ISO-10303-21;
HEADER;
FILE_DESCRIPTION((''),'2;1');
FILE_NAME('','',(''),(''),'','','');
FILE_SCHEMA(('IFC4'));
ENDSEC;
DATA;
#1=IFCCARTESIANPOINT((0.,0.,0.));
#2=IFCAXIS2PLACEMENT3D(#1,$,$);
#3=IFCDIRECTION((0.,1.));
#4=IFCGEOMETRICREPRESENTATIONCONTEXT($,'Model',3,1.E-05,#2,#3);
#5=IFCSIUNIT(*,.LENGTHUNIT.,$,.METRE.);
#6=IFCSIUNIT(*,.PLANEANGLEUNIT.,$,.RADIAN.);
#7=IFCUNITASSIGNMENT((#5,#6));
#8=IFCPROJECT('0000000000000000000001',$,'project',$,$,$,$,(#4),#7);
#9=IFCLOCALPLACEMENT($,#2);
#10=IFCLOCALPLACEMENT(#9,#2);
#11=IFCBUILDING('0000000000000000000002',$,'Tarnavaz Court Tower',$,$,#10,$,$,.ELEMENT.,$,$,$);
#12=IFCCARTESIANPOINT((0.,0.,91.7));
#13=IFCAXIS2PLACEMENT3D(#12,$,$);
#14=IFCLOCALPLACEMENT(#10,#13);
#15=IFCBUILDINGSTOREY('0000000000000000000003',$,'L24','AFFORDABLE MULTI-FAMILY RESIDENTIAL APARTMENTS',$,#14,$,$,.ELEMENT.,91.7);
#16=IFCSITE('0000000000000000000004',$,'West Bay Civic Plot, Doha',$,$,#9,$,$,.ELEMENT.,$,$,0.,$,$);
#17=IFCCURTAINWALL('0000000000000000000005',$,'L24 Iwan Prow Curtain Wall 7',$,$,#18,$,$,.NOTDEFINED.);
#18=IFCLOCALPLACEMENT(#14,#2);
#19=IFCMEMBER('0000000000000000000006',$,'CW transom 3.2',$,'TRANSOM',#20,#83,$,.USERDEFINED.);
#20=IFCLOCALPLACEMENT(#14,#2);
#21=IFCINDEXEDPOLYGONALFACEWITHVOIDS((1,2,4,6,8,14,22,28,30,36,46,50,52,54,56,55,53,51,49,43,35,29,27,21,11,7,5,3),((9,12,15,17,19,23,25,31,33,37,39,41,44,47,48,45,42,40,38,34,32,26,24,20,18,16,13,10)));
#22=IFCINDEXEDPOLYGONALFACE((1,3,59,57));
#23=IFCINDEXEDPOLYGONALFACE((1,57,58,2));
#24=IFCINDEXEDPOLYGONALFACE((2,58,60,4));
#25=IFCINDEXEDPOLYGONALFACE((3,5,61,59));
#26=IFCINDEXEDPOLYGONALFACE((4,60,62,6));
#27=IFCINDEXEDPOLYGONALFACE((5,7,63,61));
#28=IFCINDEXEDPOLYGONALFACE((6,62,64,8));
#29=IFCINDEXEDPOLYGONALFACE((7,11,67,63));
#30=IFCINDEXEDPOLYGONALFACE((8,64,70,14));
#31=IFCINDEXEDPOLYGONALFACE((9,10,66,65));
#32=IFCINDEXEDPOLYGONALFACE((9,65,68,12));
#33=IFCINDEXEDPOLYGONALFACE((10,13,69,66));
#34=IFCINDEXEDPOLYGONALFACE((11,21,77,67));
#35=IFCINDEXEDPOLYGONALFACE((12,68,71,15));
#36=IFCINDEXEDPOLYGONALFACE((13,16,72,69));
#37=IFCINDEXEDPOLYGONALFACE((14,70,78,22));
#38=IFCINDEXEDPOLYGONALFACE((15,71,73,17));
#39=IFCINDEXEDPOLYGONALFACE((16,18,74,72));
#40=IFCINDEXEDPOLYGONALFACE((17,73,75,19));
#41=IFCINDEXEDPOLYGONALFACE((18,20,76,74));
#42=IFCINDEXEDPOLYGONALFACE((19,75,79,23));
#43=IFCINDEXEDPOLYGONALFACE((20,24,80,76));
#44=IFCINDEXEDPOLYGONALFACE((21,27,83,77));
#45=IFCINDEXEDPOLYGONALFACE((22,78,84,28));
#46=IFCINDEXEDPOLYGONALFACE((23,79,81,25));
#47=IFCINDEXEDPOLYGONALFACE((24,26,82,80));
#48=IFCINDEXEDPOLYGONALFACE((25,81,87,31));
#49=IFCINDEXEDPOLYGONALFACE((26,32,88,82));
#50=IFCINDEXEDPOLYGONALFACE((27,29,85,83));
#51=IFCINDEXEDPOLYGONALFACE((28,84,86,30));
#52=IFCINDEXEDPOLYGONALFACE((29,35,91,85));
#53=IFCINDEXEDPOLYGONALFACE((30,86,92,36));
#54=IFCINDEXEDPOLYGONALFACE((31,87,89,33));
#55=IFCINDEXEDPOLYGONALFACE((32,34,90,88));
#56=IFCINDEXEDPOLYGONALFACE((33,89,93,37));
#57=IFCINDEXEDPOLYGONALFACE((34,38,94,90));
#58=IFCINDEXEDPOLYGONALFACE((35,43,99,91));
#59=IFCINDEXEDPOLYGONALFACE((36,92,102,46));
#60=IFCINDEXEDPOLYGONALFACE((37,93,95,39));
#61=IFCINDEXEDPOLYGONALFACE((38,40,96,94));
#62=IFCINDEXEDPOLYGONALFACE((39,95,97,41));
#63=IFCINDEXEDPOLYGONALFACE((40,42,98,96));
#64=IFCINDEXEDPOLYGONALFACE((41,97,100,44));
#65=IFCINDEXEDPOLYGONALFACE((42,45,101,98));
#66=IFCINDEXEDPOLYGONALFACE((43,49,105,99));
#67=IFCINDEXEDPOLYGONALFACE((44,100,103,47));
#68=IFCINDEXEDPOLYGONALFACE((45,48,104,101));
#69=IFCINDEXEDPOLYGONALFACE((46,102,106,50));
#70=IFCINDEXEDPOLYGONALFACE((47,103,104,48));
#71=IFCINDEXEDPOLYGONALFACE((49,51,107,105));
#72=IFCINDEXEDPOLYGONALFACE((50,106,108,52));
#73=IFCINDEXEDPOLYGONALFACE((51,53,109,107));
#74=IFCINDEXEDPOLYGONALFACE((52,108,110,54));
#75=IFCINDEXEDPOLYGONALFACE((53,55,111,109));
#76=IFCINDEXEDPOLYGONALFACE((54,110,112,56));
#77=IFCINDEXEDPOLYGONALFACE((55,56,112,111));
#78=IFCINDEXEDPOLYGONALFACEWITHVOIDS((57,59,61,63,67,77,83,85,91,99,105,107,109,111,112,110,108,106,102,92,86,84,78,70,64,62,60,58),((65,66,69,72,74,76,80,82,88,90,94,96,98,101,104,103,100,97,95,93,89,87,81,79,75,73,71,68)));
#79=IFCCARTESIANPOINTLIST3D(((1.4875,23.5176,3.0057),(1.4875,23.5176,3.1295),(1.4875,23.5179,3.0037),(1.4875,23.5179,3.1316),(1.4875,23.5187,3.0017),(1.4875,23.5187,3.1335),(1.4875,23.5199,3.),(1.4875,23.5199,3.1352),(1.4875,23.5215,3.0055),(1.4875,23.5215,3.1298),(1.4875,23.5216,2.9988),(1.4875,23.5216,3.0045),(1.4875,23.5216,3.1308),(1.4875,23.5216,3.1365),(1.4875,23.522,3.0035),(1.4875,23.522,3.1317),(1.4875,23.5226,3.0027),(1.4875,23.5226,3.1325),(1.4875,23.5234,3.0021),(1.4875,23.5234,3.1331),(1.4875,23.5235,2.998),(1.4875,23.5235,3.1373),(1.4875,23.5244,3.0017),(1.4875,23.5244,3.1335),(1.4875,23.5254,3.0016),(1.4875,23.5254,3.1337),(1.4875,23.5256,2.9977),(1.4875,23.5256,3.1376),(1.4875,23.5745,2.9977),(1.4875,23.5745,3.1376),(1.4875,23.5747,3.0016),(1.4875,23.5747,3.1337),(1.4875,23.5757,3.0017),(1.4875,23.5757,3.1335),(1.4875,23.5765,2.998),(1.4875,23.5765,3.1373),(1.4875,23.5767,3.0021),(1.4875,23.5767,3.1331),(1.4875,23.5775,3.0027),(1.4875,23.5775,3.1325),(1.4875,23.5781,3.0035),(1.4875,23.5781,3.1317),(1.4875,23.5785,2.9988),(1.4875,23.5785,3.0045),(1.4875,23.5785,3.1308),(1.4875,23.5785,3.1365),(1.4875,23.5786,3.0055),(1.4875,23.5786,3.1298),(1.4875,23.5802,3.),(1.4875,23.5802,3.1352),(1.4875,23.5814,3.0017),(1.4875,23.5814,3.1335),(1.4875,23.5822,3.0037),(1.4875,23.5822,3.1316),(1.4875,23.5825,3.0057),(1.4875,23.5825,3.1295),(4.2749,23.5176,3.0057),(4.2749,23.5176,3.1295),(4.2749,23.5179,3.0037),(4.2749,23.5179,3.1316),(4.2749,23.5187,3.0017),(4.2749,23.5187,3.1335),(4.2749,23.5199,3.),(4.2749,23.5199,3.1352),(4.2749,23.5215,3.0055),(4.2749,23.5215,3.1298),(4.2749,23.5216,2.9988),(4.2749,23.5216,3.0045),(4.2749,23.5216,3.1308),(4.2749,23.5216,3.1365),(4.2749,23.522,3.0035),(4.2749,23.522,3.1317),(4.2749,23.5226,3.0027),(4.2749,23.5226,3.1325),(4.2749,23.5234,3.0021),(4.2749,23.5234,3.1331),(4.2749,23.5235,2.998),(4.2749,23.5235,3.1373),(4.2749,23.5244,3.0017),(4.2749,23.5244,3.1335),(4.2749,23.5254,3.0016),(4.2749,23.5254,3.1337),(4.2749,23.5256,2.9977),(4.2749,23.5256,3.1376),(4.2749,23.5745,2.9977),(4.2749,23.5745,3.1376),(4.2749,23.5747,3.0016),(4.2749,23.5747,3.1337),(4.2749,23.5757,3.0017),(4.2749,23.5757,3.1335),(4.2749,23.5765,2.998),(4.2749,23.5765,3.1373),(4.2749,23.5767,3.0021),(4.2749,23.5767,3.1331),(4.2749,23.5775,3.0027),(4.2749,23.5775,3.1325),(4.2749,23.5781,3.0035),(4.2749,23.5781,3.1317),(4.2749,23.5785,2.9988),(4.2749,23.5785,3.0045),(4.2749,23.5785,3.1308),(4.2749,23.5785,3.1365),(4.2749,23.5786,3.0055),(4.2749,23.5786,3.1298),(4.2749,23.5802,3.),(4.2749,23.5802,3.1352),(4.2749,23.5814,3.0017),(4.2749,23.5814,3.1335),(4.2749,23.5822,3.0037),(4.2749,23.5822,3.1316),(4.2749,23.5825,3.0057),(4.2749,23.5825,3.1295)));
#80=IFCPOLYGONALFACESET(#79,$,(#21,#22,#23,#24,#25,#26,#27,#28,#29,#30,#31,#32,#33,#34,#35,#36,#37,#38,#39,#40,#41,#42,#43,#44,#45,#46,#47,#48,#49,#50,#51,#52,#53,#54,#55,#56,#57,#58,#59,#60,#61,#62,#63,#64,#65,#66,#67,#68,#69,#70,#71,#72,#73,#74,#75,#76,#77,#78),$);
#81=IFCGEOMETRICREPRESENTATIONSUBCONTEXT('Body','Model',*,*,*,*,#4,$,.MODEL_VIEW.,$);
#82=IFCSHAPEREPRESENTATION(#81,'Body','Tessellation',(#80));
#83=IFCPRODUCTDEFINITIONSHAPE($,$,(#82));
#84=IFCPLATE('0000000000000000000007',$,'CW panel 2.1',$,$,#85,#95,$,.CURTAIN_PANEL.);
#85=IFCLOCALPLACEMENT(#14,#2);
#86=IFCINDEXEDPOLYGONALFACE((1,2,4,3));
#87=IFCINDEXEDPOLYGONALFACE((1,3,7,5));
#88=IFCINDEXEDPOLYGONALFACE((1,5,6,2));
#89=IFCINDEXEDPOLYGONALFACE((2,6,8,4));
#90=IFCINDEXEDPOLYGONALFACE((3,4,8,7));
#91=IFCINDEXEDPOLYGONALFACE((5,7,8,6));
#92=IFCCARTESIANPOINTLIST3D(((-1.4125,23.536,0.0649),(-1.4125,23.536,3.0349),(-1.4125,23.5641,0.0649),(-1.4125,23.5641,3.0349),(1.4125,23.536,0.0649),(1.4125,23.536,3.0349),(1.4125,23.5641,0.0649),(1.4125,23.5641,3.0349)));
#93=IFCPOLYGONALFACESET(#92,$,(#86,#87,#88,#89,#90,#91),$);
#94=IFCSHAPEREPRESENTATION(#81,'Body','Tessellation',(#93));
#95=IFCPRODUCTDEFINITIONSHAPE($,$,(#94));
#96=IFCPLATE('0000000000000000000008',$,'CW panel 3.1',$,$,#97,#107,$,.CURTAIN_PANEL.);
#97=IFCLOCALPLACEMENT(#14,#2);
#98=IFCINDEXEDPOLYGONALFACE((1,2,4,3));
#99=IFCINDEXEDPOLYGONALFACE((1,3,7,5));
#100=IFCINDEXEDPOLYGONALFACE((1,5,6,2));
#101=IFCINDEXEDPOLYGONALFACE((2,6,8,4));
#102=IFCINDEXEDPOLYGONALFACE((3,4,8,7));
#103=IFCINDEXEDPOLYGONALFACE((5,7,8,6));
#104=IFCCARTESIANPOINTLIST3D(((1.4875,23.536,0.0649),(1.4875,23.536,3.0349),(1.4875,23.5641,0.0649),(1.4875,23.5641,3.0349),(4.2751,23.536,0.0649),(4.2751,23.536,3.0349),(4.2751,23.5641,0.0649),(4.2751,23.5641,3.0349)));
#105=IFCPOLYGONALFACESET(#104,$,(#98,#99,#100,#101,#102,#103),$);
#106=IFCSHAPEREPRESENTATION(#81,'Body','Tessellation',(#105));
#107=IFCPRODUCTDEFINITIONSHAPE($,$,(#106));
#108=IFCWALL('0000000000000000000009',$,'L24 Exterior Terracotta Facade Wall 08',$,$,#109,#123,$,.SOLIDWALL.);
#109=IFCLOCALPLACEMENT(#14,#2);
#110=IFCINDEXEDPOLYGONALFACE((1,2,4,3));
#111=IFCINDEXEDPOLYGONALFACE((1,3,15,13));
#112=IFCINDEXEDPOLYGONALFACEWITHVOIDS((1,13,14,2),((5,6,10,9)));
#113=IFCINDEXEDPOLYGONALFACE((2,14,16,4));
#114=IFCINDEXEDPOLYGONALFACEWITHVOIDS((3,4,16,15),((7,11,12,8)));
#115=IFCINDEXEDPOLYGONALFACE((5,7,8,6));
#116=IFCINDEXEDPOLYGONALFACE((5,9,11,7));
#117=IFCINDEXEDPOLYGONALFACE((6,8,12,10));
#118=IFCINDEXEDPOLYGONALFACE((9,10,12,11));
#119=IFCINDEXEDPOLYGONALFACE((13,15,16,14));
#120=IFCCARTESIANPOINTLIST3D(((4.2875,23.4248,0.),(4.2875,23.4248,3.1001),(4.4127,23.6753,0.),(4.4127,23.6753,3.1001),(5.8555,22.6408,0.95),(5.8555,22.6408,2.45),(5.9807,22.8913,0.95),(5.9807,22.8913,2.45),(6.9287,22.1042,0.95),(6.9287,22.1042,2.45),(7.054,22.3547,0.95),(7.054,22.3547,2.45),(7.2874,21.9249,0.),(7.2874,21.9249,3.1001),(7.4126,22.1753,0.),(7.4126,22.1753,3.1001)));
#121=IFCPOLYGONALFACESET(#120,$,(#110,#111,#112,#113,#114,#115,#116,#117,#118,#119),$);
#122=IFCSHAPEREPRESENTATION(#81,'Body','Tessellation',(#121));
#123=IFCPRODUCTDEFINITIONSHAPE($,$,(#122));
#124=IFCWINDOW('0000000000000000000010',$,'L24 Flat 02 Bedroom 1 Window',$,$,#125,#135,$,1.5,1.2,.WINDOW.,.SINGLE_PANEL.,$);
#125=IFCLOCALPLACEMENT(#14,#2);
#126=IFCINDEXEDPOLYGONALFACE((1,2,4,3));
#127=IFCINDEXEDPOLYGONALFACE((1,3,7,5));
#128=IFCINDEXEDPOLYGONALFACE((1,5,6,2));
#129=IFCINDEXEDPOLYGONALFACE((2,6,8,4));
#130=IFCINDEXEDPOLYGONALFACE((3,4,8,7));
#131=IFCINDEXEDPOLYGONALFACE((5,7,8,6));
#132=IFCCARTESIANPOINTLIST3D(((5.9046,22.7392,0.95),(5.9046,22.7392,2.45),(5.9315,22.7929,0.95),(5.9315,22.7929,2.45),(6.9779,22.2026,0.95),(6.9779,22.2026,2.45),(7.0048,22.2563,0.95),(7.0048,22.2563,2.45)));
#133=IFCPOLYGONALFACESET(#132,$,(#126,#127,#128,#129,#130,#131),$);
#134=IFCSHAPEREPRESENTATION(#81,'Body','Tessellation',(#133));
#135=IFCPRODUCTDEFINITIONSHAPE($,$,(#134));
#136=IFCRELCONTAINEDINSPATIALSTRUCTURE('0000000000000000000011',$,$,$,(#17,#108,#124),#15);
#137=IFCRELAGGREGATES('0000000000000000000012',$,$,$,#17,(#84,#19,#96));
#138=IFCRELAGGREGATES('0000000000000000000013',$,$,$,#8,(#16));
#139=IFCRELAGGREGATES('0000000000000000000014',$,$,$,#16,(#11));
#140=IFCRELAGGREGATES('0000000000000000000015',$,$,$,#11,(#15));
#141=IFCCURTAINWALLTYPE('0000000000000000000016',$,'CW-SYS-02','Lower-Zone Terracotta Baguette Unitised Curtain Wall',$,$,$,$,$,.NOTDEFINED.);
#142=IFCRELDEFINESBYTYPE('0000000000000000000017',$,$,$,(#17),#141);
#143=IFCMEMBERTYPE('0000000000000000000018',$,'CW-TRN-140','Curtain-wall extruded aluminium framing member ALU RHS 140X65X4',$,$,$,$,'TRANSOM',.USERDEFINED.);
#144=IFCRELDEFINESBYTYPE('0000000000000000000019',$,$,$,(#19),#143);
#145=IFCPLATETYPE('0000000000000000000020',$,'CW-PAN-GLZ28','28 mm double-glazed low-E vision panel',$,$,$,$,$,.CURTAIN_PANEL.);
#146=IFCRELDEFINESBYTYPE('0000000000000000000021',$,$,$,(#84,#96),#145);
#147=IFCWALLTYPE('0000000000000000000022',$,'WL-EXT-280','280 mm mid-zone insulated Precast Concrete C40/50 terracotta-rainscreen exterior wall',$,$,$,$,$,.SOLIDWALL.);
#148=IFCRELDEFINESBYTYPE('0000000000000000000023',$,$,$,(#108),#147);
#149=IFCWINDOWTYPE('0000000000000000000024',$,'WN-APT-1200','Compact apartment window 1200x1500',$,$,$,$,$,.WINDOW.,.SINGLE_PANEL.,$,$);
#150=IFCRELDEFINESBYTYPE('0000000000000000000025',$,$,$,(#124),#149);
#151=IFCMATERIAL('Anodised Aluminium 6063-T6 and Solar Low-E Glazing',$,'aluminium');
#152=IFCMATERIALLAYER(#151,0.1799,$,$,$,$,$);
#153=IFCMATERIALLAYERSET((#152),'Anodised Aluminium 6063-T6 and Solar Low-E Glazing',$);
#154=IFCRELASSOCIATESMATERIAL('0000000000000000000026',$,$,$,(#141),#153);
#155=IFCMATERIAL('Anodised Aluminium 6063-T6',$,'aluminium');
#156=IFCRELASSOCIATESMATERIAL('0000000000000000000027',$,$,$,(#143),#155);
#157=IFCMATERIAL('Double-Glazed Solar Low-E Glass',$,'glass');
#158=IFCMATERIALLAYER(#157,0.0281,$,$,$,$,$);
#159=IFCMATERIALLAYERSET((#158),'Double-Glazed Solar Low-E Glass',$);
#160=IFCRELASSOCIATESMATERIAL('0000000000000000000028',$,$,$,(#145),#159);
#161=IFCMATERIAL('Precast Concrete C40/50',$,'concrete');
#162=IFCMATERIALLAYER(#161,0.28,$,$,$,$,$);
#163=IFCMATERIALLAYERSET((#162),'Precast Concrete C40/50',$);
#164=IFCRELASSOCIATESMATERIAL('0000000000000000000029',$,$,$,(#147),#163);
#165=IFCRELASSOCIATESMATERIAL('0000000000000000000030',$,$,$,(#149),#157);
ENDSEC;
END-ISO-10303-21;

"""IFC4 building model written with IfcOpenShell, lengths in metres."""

from ifc_helpers import new_model, si_unit, direction, frame, frame_2d, origin, origin_2d, place, context, subcontext, project, spatial, rectangle, hollow_rectangle, extrude, material, layer, layer_set, material_profile, profile_set, type_object, element, fill, aggregate, save


model = new_model("IFC4")

# Units and contexts
model_context = context("Model", 3, precision=1e-05, world=origin(), true_north=direction((0.0, 1.0)))
body_context = subcontext(model_context, "Body", "Model", "MODEL_VIEW")
ifc_project = project(units=[si_unit("LENGTHUNIT", "METRE"), si_unit("PLANEANGLEUNIT", "RADIAN")], contexts=[model_context])

# Site, building, storey
site_placement = place(None, origin())
site = spatial("IfcSite", under=ifc_project, at=site_placement, Name="West Bay Civic Plot, Doha", CompositionType="ELEMENT", RefElevation=0.0)
building_placement = place(site_placement, origin())
building = spatial("IfcBuilding", under=site, at=building_placement, Name="Tarnavaz Court Tower", CompositionType="ELEMENT")
storey_placement = place(building_placement, frame((0.0, 0.0, 91.7)))
storey = spatial("IfcBuildingStorey", under=building, at=storey_placement, Name="L24", Description="AFFORDABLE MULTI-FAMILY RESIDENTIAL APARTMENTS", CompositionType="ELEMENT", Elevation=91.7)

# Curtain wall, member, plates
ifc_material_1 = material(Name="Anodised Aluminium 6063-T6 and Solar Low-E Glazing", Category="aluminium")
ifc_layer_1 = layer(ifc_material_1, 0.1799)
ifc_layer_set_1 = layer_set([ifc_layer_1], Name="Anodised Aluminium 6063-T6 and Solar Low-E Glazing")
curtain_wall_type = type_object("IfcCurtainWallType", Name="CW-SYS-02", Description="Lower-Zone Terracotta Baguette Unitised Curtain Wall", PredefinedType="NOTDEFINED", material=ifc_layer_set_1)
curtain_wall_placement = place(storey_placement, origin())
curtain_wall = element("IfcCurtainWall", 1, at=curtain_wall_placement, inside=storey, type_object=curtain_wall_type, Name="L24 Iwan Prow Curtain Wall 7", PredefinedType="NOTDEFINED")
ifc_material_2 = material(Name="Anodised Aluminium 6063-T6", Category="aluminium")
ifc_material_profile_1 = material_profile(ifc_material_2, hollow_rectangle(XDim=0.0649, YDim=0.1399, WallThickness=0.0039, InnerFilletRadius=0.0039, OuterFilletRadius=0.0081, at=origin_2d()), Name="ALU RHS 140X65X4")
ifc_profile_set_1 = profile_set([ifc_material_profile_1], Name="Anodised Aluminium 6063-T6")
member_type_1 = type_object("IfcMemberType", Name="CW-TRN-140", Description="Curtain-wall extruded aluminium framing member ALU RHS 140X65X4", ElementType="TRANSOM", PredefinedType="USERDEFINED", material=ifc_profile_set_1)
member_1_placement = place(storey_placement, frame((1.4875, 23.55, 3.0676), z_axis=(1.0, 0.0, 0.0), x_axis=(0.0, 1.0, 0.0)))
member_1 = element("IfcMember", 2, at=member_1_placement, type_object=member_type_1, Name="CW transom 3.2", ObjectType="TRANSOM", PredefinedType="USERDEFINED", context=body_context, shape_type="SweptSolid", body=[
    extrude(hollow_rectangle(XDim=0.0649, YDim=0.1399, WallThickness=0.0039, InnerFilletRadius=0.0039, OuterFilletRadius=0.0081, at=origin_2d()), origin(), (0.0, 0.0, 1.0), 2.7874),
])
ifc_material_3 = material(Name="Double-Glazed Solar Low-E Glass", Category="glass")
ifc_layer_2 = layer(ifc_material_3, 0.0281)
ifc_layer_set_2 = layer_set([ifc_layer_2], Name="Double-Glazed Solar Low-E Glass")
plate_type = type_object("IfcPlateType", Name="CW-PAN-GLZ28", Description="28 mm double-glazed low-E vision panel", PredefinedType="CURTAIN_PANEL", material=ifc_layer_set_2)
plate_1_placement = place(storey_placement, frame((0.0, 23.55, 0.0649), z_axis=(0.0, 0.0, 1.0), x_axis=(1.0, 0.0, 0.0)))
plate_1 = element("IfcPlate", 3, at=plate_1_placement, type_object=plate_type, Name="CW panel 2.1", PredefinedType="CURTAIN_PANEL", context=body_context, shape_type="SweptSolid", body=[
    extrude(rectangle(XDim=2.825, YDim=0.0281, at=origin_2d()), origin(), (0.0, 0.0, 1.0), 2.97),
])
plate_2_placement = place(storey_placement, frame((2.8813, 23.55, 0.0649), z_axis=(0.0, 0.0, 1.0), x_axis=(1.0, 0.0, 0.0)))
plate_2 = element("IfcPlate", 4, at=plate_2_placement, type_object=plate_type, Name="CW panel 3.1", PredefinedType="CURTAIN_PANEL", context=body_context, shape_type="SweptSolid", body=[
    extrude(rectangle(XDim=2.7876, YDim=0.0281, at=origin_2d()), origin(), (0.0, 0.0, 1.0), 2.97),
])
aggregate(curtain_wall, [plate_1, member_1, plate_2])

# Wall, opening, window
ifc_material_4 = material(Name="Precast Concrete C40/50", Category="concrete")
ifc_layer_3 = layer(ifc_material_4, 0.28)
ifc_layer_set_3 = layer_set([ifc_layer_3], Name="Precast Concrete C40/50")
wall_type_1 = type_object("IfcWallType", Name="WL-EXT-280", Description="280 mm mid-zone insulated Precast Concrete C40/50 terracotta-rainscreen exterior wall", PredefinedType="SOLIDWALL", material=ifc_layer_set_3)
wall_1_placement = place(storey_placement, frame((4.3501, 23.55, 0.0), z_axis=(0.0, 0.0, 1.0), x_axis=(0.894427, -0.447214, 0.0)))
wall_1 = element("IfcWall", 5, at=wall_1_placement, inside=storey, type_object=wall_type_1, Name="L24 Exterior Terracotta Facade Wall 08", PredefinedType="SOLIDWALL", context=body_context, shape_type="SweptSolid", body=[
    extrude(rectangle(XDim=3.354, YDim=0.28, at=frame_2d((1.677, 0.0))), origin(), (0.0, 0.0, 1.0), 3.1001),
])
opening_1_placement = place(wall_1_placement, frame((1.7529, 0.0, 0.95)))
opening_1 = element("IfcOpeningElement", 6, at=opening_1_placement, cuts=wall_1, PredefinedType="OPENING", context=body_context, shape_type="SweptSolid", body=[
    extrude(rectangle(XDim=1.2, YDim=1.5, at=frame_2d((0.6001, 0.75))), frame((0.0, 0.1499, 0.0), z_axis=(0.0, -1.0, 0.0), x_axis=(1.0, 0.0, 0.0)), (0.0, 0.0, 1.0), 0.3),
])
window_type_1 = type_object("IfcWindowType", Name="WN-APT-1200", Description="Compact apartment window 1200x1500", PartitioningType="SINGLE_PANEL", PredefinedType="WINDOW", material=ifc_material_3)
window_1_placement = place(opening_1_placement, origin())
window_1 = element("IfcWindow", 7, at=window_1_placement, inside=storey, type_object=window_type_1, Name="L24 Flat 02 Bedroom 1 Window", OverallHeight=1.5, OverallWidth=1.2, PartitioningType="SINGLE_PANEL", PredefinedType="WINDOW", context=body_context, shape_type="SweptSolid", body=[
    extrude(rectangle(XDim=1.2, YDim=1.5, at=frame_2d((0.6001, 0.75))), frame((0.0, 0.03, 0.0), z_axis=(0.0, -1.0, 0.0), x_axis=(1.0, 0.0, 0.0)), (0.0, 0.0, 1.0), 0.0601),
])
fill(opening_1, window_1)

save(model, "model.ifc")
